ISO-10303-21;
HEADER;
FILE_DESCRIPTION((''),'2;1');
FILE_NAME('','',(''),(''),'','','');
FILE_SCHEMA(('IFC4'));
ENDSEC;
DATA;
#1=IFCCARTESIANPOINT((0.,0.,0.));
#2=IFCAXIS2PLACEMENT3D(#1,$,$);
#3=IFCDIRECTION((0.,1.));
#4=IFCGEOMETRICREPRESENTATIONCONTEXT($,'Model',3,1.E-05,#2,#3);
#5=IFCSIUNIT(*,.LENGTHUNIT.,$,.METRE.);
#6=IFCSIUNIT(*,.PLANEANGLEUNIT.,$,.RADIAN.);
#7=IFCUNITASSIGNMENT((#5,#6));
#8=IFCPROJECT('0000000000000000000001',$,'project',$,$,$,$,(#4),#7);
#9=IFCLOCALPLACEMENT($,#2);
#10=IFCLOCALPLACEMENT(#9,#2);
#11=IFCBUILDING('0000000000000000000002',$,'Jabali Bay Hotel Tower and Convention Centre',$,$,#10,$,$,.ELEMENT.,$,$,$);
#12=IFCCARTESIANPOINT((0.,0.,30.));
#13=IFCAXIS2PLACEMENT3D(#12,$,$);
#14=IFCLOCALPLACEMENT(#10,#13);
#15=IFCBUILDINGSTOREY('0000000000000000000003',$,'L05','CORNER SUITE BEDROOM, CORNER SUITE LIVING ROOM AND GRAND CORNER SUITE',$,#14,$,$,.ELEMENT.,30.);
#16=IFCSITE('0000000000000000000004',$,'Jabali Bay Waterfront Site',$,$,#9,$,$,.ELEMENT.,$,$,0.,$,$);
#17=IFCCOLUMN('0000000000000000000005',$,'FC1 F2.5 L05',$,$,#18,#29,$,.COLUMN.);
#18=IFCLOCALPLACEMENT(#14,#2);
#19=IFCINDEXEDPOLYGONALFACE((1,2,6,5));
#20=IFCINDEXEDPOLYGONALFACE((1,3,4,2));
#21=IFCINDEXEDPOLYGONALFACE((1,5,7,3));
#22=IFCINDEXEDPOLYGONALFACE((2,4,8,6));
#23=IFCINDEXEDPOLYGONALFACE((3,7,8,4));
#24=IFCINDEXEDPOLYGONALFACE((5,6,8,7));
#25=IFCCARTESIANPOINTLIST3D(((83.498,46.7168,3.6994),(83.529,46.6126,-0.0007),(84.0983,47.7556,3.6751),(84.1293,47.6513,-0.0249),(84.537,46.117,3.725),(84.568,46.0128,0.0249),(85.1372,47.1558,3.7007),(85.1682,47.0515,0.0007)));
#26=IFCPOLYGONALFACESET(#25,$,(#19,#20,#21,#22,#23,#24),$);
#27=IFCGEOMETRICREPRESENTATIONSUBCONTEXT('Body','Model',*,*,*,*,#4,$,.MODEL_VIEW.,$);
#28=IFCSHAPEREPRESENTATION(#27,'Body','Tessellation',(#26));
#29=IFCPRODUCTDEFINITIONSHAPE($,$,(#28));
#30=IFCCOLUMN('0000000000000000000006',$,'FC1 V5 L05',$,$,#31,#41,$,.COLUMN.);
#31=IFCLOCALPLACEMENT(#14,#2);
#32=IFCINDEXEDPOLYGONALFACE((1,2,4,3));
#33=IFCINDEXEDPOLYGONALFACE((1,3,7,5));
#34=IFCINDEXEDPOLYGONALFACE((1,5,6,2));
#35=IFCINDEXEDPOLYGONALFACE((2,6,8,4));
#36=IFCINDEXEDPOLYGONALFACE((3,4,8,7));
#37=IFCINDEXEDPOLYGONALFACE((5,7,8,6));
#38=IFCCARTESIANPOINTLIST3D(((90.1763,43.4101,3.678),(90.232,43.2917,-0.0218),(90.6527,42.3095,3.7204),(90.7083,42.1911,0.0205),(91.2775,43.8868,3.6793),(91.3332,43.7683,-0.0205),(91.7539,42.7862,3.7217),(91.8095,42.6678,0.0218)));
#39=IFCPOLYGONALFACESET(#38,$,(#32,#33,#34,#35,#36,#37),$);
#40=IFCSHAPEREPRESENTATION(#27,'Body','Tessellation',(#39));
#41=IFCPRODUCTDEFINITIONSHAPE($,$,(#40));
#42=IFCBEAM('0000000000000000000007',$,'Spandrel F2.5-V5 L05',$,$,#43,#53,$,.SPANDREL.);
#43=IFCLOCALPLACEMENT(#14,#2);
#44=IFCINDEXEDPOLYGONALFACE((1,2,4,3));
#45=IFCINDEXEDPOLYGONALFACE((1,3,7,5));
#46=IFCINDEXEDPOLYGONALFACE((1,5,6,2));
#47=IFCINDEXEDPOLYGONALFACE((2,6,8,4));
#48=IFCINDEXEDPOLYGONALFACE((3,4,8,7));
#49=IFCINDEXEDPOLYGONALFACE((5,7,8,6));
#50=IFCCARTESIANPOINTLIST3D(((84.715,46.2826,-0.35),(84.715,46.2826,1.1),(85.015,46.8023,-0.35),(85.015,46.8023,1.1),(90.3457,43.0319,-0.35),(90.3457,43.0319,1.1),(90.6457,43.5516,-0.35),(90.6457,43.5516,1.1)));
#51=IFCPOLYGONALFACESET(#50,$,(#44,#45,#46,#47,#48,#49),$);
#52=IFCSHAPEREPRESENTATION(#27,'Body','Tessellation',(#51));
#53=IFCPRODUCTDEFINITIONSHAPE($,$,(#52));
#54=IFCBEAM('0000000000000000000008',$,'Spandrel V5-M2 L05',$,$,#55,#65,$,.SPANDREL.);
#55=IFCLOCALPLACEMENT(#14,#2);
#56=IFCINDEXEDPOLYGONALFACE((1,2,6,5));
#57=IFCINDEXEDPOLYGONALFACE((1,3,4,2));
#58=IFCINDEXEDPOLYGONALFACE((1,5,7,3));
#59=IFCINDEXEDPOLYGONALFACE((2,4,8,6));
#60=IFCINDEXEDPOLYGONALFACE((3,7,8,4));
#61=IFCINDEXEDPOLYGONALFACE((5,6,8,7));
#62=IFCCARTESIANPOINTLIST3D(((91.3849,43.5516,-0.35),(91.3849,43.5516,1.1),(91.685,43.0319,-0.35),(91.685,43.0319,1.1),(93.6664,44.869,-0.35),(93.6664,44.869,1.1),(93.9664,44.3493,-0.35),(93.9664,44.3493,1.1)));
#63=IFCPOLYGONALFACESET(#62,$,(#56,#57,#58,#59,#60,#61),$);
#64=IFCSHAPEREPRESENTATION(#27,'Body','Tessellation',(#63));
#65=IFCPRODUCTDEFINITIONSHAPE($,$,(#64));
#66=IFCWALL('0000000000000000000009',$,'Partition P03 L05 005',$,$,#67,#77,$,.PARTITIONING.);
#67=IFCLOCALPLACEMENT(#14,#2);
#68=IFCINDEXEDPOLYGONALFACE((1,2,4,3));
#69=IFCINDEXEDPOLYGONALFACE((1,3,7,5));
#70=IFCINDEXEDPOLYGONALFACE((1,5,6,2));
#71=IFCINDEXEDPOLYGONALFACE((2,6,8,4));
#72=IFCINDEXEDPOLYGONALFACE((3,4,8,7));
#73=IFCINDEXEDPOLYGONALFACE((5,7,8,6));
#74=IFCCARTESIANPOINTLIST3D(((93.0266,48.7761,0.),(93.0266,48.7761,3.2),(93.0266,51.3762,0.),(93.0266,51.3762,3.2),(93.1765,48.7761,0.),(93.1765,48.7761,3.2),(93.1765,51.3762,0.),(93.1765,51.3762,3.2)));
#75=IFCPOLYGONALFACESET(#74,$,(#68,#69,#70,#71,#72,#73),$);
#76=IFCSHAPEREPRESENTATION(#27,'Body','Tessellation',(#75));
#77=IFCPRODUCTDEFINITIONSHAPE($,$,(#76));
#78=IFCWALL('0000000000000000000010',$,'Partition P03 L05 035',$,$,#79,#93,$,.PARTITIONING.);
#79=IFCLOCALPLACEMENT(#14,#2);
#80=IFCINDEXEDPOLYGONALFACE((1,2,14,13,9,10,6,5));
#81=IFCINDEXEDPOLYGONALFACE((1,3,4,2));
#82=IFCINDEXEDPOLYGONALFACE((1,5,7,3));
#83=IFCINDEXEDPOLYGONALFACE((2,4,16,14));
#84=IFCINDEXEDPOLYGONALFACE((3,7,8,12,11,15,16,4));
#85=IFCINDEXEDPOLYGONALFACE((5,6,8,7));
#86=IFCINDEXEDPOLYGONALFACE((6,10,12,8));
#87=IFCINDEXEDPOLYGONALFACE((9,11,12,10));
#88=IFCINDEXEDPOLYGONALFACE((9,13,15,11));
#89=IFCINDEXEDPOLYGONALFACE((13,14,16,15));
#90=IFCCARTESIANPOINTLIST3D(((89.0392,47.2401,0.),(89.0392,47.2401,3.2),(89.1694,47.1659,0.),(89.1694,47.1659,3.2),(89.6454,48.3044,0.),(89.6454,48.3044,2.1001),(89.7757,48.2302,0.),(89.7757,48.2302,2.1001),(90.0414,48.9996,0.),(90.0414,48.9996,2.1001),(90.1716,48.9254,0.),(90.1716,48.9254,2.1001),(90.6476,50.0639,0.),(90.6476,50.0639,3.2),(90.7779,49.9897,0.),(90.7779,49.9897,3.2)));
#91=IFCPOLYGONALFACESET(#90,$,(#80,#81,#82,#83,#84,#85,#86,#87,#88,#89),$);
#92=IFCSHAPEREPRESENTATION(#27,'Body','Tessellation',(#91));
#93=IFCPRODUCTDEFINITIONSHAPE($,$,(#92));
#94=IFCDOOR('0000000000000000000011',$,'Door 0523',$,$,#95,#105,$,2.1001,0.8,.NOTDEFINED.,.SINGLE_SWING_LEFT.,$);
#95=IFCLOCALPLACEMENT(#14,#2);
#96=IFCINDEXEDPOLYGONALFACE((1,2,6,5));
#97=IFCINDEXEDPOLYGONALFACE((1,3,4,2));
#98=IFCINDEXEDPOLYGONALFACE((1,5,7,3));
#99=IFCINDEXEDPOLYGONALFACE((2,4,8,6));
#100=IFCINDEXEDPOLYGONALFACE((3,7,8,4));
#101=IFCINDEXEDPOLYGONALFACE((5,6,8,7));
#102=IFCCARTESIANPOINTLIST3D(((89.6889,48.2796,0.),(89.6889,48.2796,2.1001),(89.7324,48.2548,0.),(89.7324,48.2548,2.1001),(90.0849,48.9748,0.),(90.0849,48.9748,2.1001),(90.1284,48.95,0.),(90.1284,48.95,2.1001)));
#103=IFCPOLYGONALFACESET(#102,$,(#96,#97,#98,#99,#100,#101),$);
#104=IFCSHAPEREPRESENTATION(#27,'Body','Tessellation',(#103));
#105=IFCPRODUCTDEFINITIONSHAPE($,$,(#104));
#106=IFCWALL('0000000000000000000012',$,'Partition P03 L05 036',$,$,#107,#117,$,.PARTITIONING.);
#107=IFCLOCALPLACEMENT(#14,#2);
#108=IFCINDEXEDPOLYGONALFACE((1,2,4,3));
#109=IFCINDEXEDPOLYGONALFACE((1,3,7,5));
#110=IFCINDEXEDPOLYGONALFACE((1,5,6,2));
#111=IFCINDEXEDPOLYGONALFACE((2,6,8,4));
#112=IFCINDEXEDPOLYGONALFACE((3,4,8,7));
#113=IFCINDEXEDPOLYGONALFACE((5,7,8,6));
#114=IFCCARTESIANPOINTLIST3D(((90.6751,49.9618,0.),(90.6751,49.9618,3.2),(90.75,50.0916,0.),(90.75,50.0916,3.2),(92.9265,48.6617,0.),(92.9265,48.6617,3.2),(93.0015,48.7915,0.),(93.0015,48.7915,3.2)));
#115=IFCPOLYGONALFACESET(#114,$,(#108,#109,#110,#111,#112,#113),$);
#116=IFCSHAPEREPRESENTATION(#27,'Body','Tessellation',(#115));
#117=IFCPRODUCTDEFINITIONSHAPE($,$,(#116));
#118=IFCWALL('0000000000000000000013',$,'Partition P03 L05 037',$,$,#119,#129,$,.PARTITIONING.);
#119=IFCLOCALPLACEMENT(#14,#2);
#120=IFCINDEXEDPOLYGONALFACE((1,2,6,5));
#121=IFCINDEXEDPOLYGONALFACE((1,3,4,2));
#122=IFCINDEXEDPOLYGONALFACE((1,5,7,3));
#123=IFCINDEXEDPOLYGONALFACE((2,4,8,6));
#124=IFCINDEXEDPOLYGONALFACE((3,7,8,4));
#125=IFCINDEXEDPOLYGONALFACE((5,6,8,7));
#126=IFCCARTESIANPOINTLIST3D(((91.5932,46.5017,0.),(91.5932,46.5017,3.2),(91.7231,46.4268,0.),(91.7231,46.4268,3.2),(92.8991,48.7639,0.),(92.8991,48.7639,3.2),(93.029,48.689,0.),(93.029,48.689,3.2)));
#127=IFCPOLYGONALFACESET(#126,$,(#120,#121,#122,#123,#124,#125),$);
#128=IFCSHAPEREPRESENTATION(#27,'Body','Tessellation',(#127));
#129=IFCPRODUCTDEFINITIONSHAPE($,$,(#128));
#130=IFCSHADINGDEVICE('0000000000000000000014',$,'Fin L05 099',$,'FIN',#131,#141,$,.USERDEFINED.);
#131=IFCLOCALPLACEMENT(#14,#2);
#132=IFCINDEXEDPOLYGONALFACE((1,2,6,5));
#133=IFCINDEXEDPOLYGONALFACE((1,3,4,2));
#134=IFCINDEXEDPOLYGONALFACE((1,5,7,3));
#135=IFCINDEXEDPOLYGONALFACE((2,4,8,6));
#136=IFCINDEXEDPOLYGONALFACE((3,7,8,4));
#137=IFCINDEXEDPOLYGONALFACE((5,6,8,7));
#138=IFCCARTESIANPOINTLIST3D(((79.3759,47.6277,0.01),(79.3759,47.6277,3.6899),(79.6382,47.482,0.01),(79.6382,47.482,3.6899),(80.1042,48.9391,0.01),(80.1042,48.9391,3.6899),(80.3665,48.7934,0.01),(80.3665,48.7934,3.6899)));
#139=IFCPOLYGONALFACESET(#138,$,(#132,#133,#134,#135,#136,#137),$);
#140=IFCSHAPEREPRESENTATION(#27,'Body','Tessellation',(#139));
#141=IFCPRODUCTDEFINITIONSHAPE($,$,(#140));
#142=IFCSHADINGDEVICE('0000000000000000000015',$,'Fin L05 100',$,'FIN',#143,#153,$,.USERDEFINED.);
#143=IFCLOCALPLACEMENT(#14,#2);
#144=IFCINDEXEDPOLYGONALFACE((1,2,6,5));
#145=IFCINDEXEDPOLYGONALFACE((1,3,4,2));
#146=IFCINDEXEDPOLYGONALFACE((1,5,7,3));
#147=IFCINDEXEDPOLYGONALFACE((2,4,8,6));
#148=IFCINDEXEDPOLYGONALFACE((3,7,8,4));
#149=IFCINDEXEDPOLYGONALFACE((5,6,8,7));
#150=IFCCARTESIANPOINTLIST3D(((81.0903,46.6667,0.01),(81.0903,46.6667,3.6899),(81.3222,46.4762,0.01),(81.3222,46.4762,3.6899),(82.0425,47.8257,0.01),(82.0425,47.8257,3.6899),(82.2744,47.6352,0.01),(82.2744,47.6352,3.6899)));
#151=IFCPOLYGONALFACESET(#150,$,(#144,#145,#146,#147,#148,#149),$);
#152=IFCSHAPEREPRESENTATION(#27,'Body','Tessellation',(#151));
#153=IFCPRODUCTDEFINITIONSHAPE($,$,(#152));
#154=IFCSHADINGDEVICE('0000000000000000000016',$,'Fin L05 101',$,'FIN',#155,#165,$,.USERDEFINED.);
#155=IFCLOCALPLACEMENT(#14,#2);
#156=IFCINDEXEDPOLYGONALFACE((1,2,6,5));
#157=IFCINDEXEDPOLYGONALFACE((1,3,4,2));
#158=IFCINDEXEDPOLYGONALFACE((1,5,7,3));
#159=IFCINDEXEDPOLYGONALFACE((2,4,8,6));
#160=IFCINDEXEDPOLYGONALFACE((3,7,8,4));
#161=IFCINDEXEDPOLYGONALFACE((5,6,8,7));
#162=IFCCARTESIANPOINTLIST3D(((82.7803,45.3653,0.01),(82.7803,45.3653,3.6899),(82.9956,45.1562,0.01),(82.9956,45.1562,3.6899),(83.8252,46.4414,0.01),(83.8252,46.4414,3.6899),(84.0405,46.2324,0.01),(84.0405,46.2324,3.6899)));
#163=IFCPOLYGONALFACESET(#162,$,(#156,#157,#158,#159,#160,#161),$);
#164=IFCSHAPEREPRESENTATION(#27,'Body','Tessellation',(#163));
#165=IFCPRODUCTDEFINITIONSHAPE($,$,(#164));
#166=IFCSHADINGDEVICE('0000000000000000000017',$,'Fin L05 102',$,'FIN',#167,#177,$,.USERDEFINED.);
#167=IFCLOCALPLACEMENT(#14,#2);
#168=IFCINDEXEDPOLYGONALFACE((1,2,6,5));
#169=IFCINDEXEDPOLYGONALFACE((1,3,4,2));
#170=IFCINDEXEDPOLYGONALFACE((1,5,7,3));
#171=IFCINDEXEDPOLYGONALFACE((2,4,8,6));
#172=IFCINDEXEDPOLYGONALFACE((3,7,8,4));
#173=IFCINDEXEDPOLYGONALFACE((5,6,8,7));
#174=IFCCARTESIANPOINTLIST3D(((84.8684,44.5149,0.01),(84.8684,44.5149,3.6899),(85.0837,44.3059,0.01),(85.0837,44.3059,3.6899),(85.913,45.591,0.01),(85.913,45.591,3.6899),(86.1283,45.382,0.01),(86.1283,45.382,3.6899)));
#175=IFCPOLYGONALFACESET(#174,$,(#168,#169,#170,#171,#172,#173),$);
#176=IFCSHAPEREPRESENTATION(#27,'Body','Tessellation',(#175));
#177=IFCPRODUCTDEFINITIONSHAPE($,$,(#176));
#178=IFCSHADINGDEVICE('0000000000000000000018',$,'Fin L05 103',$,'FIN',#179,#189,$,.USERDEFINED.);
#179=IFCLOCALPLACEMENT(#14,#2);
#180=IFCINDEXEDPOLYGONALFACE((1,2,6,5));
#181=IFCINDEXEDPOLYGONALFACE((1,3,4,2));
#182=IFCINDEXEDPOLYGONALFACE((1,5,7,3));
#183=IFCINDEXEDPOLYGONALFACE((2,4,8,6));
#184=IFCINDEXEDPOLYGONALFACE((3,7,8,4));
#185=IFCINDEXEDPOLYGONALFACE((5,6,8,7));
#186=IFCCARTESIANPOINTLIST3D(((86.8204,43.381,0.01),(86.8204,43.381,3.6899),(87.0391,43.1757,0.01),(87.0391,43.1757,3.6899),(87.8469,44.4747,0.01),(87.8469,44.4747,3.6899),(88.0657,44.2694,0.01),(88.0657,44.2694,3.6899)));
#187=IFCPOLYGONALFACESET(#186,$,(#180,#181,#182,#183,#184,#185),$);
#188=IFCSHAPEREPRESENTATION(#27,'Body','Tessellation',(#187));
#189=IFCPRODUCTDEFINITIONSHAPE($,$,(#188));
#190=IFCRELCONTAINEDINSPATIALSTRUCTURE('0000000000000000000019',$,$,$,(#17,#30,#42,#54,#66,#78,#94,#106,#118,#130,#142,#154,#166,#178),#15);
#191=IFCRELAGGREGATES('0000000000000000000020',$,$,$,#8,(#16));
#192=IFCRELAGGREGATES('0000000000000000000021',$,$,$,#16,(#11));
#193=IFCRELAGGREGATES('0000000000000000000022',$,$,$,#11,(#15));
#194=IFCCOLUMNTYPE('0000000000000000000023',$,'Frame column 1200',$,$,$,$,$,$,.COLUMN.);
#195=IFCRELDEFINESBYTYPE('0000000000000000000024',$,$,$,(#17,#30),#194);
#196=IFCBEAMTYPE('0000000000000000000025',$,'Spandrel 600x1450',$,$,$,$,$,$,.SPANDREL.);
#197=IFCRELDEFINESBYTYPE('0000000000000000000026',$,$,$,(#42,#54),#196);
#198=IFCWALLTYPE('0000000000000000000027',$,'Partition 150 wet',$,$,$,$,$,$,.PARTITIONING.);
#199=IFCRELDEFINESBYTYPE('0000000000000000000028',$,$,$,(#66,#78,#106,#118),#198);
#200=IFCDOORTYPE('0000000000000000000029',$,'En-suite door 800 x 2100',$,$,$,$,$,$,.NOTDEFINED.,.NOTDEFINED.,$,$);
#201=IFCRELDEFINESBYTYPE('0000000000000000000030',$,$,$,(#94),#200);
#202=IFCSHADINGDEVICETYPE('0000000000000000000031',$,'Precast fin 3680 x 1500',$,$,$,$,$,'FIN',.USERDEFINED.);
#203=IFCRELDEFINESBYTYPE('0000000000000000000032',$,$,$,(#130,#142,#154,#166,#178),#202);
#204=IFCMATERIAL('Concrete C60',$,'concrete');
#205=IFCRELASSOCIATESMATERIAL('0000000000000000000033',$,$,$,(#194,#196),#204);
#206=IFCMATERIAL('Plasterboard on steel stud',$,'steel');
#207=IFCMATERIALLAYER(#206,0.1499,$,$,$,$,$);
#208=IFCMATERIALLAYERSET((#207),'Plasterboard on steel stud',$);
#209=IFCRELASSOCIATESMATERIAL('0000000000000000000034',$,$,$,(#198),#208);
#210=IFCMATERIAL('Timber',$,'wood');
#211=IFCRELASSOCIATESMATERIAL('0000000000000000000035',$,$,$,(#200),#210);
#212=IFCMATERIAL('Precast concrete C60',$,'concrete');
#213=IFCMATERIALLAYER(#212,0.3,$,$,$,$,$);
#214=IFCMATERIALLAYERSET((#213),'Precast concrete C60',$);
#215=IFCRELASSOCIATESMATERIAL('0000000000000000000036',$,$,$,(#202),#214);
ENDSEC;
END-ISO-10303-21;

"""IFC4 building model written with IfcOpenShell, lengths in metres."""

from ifc_helpers import new_model, si_unit, direction, frame, frame_2d, origin, origin_2d, place, context, subcontext, project, spatial, rectangle, extrude, material, layer, layer_set, material_profile, profile_set, type_object, element, fill, save


model = new_model("IFC4")

# Units and contexts
model_context = context("Model", 3, precision=1e-05, world=origin(), true_north=direction((0.0, 1.0)))
body_context = subcontext(model_context, "Body", "Model", "MODEL_VIEW")
ifc_project = project(units=[si_unit("LENGTHUNIT", "METRE"), si_unit("PLANEANGLEUNIT", "RADIAN")], contexts=[model_context])

# Site, building, storey
site_placement = place(None, origin())
site = spatial("IfcSite", under=ifc_project, at=site_placement, Name="Jabali Bay Waterfront Site", CompositionType="ELEMENT", RefElevation=0.0)
building_placement = place(site_placement, origin())
building = spatial("IfcBuilding", under=site, at=building_placement, Name="Jabali Bay Hotel Tower and Convention Centre", CompositionType="ELEMENT")
storey_placement = place(building_placement, frame((0.0, 0.0, 30.0)))
storey = spatial("IfcBuildingStorey", under=building, at=storey_placement, Name="L05", Description="CORNER SUITE BEDROOM, CORNER SUITE LIVING ROOM AND GRAND CORNER SUITE", CompositionType="ELEMENT", Elevation=30.0)

# Columns
ifc_material_1 = material(Name="Concrete C60", Category="concrete")
ifc_material_profile_1 = material_profile(ifc_material_1, rectangle(XDim=1.2, YDim=1.2, at=origin_2d()), Name="Frame column 1200")
ifc_profile_set_1 = profile_set([ifc_material_profile_1], Name="Concrete C60")
column_type = type_object("IfcColumnType", Name="Frame column 1200", PredefinedType="COLUMN", material=ifc_profile_set_1)
column_1_placement = place(storey_placement, frame((84.3486, 46.832, 0.0), z_axis=(-0.008376, 0.028163, 0.999568), x_axis=(-0.500232, -0.865656, 0.020198)))
element("IfcColumn", 1, at=column_1_placement, inside=storey, type_object=column_type, Name="FC1 F2.5 L05", PredefinedType="COLUMN", context=body_context, shape_type="SweptSolid", body=[
    extrude(rectangle(XDim=1.2, YDim=1.2, at=origin_2d()), origin(), (0.0, 0.0, 1.0), 3.7017),
])
column_2_placement = place(storey_placement, frame((91.0208, 42.9797, 0.0), z_axis=(-0.015035, 0.031983, 0.999375), x_axis=(0.396967, -0.917153, 0.035323)))
element("IfcColumn", 2, at=column_2_placement, inside=storey, type_object=column_type, Name="FC1 V5 L05", PredefinedType="COLUMN", context=body_context, shape_type="SweptSolid", body=[
    extrude(rectangle(XDim=1.2, YDim=1.2, at=origin_2d()), origin(), (0.0, 0.0, 1.0), 3.7021),
])

# Beams
ifc_material_profile_2 = material_profile(ifc_material_1, rectangle(XDim=0.6001, YDim=1.45, at=origin_2d()), Name="Spandrel 600x1450")
ifc_profile_set_2 = profile_set([ifc_material_profile_2], Name="Concrete C60")
beam_type = type_object("IfcBeamType", Name="Spandrel 600x1450", PredefinedType="SPANDREL", material=ifc_profile_set_2)
beam_1_placement = place(storey_placement, frame((84.865, 46.5425, 0.375), z_axis=(0.866032, -0.499988, 0.0), x_axis=(0.499988, 0.866032, 0.0)))
element("IfcBeam", 3, at=beam_1_placement, inside=storey, type_object=beam_type, Name="Spandrel F2.5-V5 L05", PredefinedType="SPANDREL", context=body_context, shape_type="SweptSolid", body=[
    extrude(rectangle(XDim=0.6001, YDim=1.45, at=origin_2d()), origin(), (0.0, 0.0, 1.0), 6.5017),
])
beam_2_placement = place(storey_placement, frame((91.5349, 43.2917, 0.375), z_axis=(0.865999, 0.500046, 0.0), x_axis=(-0.500046, 0.865999, 0.0)))
element("IfcBeam", 4, at=beam_2_placement, inside=storey, type_object=beam_type, Name="Spandrel V5-M2 L05", PredefinedType="SPANDREL", context=body_context, shape_type="SweptSolid", body=[
    extrude(rectangle(XDim=0.6001, YDim=1.45, at=origin_2d()), origin(), (0.0, 0.0, 1.0), 2.6345),
])

# Wall
ifc_material_2 = material(Name="Plasterboard on steel stud", Category="steel")
ifc_layer_1 = layer(ifc_material_2, 0.1499)
ifc_layer_set_1 = layer_set([ifc_layer_1], Name="Plasterboard on steel stud")
wall_type_1 = type_object("IfcWallType", Name="Partition 150 wet", PredefinedType="PARTITIONING", material=ifc_layer_set_1)
wall_1_placement = place(storey_placement, frame((93.1016, 48.7761, 0.0), z_axis=(0.0, 0.0, 1.0), x_axis=(0.0, 1.0, 0.0)))
element("IfcWall", 5, at=wall_1_placement, inside=storey, type_object=wall_type_1, Name="Partition P03 L05 005", PredefinedType="PARTITIONING", context=body_context, shape_type="SweptSolid", body=[
    extrude(rectangle(XDim=2.6001, YDim=0.1499, at=frame_2d((1.3, 0.0))), origin(), (0.0, 0.0, 1.0), 3.2),
])

# Wall, opening, door
wall_2_placement = place(storey_placement, frame((89.1042, 47.2029, 0.0), z_axis=(0.0, 0.0, 1.0), x_axis=(0.494941, 0.868927, 0.0)))
wall_2 = element("IfcWall", 6, at=wall_2_placement, inside=storey, type_object=wall_type_1, Name="Partition P03 L05 035", PredefinedType="PARTITIONING", context=body_context, shape_type="SweptSolid", body=[
    extrude(rectangle(XDim=3.2498, YDim=0.1499, at=frame_2d((1.625, 0.0))), origin(), (0.0, 0.0, 1.0), 3.2),
])
opening_1_placement = place(wall_2_placement, frame((1.2251, 0.0, 0.0)))
opening_1 = element("IfcOpeningElement", 7, at=opening_1_placement, cuts=wall_2, PredefinedType="OPENING", context=body_context, shape_type="SweptSolid", body=[
    extrude(rectangle(XDim=0.8, YDim=2.1001, at=frame_2d((0.3999, 1.05))), frame((0.0, 0.0854, 0.0), z_axis=(0.0, -1.0, 0.0), x_axis=(1.0, 0.0, 0.0)), (0.0, 0.0, 1.0), 0.1709),
])
ifc_material_3 = material(Name="Timber", Category="wood")
door_type_1 = type_object("IfcDoorType", Name="En-suite door 800 x 2100", OperationType="NOTDEFINED", PredefinedType="NOTDEFINED", material=ifc_material_3)
door_1_placement = place(opening_1_placement, origin())
door_1 = element("IfcDoor", 8, at=door_1_placement, inside=storey, type_object=door_type_1, Name="Door 0523", OperationType="SINGLE_SWING_LEFT", OverallHeight=2.1001, OverallWidth=0.8, PredefinedType="NOTDEFINED", context=body_context, shape_type="SweptSolid", body=[
    extrude(rectangle(XDim=0.8, YDim=2.1001, at=frame_2d((0.3999, 1.05))), frame((0.0, 0.0249, 0.0), z_axis=(0.0, -1.0, 0.0), x_axis=(1.0, 0.0, 0.0)), (0.0, 0.0, 1.0), 0.05),
])
fill(opening_1, door_1)

# Walls
wall_3_placement = place(storey_placement, frame((90.7126, 50.0266, 0.0), z_axis=(0.0, 0.0, 1.0), x_axis=(0.865998, -0.500048, 0.0)))
element("IfcWall", 9, at=wall_3_placement, inside=storey, type_object=wall_type_1, Name="Partition P03 L05 036", PredefinedType="PARTITIONING", context=body_context, shape_type="SweptSolid", body=[
    extrude(rectangle(XDim=2.5999, YDim=0.1499, at=frame_2d((1.2998, 0.0))), origin(), (0.0, 0.0, 1.0), 3.2),
])
wall_4_placement = place(storey_placement, frame((92.9641, 48.7266, 0.0), z_axis=(0.0, 0.0, 1.0), x_axis=(-0.499949, -0.866055, 0.0)))
element("IfcWall", 10, at=wall_4_placement, inside=storey, type_object=wall_type_1, Name="Partition P03 L05 037", PredefinedType="PARTITIONING", context=body_context, shape_type="SweptSolid", body=[
    extrude(rectangle(XDim=2.6121, YDim=0.1499, at=frame_2d((1.3062, 0.0))), origin(), (0.0, 0.0, 1.0), 3.2),
])

# Shading devices
ifc_material_4 = material(Name="Precast concrete C60", Category="concrete")
ifc_layer_2 = layer(ifc_material_4, 0.3)
ifc_layer_set_2 = layer_set([ifc_layer_2], Name="Precast concrete C60")
shading_device_type = type_object("IfcShadingDeviceType", Name="Precast fin 3680 x 1500", ElementType="FIN", PredefinedType="USERDEFINED", material=ifc_layer_set_2)
for number, where, z_axis, x_axis, name in (
    (11, (80.2354, 48.8662, 0.01), (0.0, 0.0, 1.0), (-0.485532, -0.874219, 0.0), "Fin L05 099"),
    (12, (82.1584, 47.7305, 0.01), (0.0, 0.0, 1.0), (-0.634805, -0.772672, 0.0), "Fin L05 100"),
    (13, (83.9329, 46.3369, 0.01), (0.0, 0.0, 1.0), (-0.696613, -0.717447, 0.0), "Fin L05 101"),
):
    element("IfcShadingDevice", number, at=place(storey_placement, frame(where, z_axis=z_axis, x_axis=x_axis)), inside=storey, type_object=shading_device_type, Name=name, ObjectType="FIN", PredefinedType="USERDEFINED", context=body_context, shape_type="SweptSolid", body=[
        extrude(rectangle(XDim=1.5, YDim=0.3, at=frame_2d((0.75, 0.0))), origin(), (0.0, 0.0, 1.0), 3.6799),
    ])
shading_device_1_placement = place(storey_placement, frame((86.0208, 45.4866, 0.01), z_axis=(0.0, 0.0, 1.0), x_axis=(-0.69653, -0.717528, 0.0)))
element("IfcShadingDevice", 14, at=shading_device_1_placement, inside=storey, type_object=shading_device_type, Name="Fin L05 102", ObjectType="FIN", PredefinedType="USERDEFINED", context=body_context, shape_type="SweptSolid", body=[
    extrude(rectangle(XDim=1.4998, YDim=0.3, at=frame_2d((0.75, 0.0))), origin(), (0.0, 0.0, 1.0), 3.6799),
])
shading_device_2_placement = place(storey_placement, frame((87.9563, 44.3721, 0.01), z_axis=(0.0, 0.0, 1.0), x_axis=(-0.684374, -0.729131, 0.0)))
element("IfcShadingDevice", 15, at=shading_device_2_placement, inside=storey, type_object=shading_device_type, Name="Fin L05 103", ObjectType="FIN", PredefinedType="USERDEFINED", context=body_context, shape_type="SweptSolid", body=[
    extrude(rectangle(XDim=1.5, YDim=0.3, at=frame_2d((0.75, 0.0))), origin(), (0.0, 0.0, 1.0), 3.6799),
])

save(model, "model.ifc")
